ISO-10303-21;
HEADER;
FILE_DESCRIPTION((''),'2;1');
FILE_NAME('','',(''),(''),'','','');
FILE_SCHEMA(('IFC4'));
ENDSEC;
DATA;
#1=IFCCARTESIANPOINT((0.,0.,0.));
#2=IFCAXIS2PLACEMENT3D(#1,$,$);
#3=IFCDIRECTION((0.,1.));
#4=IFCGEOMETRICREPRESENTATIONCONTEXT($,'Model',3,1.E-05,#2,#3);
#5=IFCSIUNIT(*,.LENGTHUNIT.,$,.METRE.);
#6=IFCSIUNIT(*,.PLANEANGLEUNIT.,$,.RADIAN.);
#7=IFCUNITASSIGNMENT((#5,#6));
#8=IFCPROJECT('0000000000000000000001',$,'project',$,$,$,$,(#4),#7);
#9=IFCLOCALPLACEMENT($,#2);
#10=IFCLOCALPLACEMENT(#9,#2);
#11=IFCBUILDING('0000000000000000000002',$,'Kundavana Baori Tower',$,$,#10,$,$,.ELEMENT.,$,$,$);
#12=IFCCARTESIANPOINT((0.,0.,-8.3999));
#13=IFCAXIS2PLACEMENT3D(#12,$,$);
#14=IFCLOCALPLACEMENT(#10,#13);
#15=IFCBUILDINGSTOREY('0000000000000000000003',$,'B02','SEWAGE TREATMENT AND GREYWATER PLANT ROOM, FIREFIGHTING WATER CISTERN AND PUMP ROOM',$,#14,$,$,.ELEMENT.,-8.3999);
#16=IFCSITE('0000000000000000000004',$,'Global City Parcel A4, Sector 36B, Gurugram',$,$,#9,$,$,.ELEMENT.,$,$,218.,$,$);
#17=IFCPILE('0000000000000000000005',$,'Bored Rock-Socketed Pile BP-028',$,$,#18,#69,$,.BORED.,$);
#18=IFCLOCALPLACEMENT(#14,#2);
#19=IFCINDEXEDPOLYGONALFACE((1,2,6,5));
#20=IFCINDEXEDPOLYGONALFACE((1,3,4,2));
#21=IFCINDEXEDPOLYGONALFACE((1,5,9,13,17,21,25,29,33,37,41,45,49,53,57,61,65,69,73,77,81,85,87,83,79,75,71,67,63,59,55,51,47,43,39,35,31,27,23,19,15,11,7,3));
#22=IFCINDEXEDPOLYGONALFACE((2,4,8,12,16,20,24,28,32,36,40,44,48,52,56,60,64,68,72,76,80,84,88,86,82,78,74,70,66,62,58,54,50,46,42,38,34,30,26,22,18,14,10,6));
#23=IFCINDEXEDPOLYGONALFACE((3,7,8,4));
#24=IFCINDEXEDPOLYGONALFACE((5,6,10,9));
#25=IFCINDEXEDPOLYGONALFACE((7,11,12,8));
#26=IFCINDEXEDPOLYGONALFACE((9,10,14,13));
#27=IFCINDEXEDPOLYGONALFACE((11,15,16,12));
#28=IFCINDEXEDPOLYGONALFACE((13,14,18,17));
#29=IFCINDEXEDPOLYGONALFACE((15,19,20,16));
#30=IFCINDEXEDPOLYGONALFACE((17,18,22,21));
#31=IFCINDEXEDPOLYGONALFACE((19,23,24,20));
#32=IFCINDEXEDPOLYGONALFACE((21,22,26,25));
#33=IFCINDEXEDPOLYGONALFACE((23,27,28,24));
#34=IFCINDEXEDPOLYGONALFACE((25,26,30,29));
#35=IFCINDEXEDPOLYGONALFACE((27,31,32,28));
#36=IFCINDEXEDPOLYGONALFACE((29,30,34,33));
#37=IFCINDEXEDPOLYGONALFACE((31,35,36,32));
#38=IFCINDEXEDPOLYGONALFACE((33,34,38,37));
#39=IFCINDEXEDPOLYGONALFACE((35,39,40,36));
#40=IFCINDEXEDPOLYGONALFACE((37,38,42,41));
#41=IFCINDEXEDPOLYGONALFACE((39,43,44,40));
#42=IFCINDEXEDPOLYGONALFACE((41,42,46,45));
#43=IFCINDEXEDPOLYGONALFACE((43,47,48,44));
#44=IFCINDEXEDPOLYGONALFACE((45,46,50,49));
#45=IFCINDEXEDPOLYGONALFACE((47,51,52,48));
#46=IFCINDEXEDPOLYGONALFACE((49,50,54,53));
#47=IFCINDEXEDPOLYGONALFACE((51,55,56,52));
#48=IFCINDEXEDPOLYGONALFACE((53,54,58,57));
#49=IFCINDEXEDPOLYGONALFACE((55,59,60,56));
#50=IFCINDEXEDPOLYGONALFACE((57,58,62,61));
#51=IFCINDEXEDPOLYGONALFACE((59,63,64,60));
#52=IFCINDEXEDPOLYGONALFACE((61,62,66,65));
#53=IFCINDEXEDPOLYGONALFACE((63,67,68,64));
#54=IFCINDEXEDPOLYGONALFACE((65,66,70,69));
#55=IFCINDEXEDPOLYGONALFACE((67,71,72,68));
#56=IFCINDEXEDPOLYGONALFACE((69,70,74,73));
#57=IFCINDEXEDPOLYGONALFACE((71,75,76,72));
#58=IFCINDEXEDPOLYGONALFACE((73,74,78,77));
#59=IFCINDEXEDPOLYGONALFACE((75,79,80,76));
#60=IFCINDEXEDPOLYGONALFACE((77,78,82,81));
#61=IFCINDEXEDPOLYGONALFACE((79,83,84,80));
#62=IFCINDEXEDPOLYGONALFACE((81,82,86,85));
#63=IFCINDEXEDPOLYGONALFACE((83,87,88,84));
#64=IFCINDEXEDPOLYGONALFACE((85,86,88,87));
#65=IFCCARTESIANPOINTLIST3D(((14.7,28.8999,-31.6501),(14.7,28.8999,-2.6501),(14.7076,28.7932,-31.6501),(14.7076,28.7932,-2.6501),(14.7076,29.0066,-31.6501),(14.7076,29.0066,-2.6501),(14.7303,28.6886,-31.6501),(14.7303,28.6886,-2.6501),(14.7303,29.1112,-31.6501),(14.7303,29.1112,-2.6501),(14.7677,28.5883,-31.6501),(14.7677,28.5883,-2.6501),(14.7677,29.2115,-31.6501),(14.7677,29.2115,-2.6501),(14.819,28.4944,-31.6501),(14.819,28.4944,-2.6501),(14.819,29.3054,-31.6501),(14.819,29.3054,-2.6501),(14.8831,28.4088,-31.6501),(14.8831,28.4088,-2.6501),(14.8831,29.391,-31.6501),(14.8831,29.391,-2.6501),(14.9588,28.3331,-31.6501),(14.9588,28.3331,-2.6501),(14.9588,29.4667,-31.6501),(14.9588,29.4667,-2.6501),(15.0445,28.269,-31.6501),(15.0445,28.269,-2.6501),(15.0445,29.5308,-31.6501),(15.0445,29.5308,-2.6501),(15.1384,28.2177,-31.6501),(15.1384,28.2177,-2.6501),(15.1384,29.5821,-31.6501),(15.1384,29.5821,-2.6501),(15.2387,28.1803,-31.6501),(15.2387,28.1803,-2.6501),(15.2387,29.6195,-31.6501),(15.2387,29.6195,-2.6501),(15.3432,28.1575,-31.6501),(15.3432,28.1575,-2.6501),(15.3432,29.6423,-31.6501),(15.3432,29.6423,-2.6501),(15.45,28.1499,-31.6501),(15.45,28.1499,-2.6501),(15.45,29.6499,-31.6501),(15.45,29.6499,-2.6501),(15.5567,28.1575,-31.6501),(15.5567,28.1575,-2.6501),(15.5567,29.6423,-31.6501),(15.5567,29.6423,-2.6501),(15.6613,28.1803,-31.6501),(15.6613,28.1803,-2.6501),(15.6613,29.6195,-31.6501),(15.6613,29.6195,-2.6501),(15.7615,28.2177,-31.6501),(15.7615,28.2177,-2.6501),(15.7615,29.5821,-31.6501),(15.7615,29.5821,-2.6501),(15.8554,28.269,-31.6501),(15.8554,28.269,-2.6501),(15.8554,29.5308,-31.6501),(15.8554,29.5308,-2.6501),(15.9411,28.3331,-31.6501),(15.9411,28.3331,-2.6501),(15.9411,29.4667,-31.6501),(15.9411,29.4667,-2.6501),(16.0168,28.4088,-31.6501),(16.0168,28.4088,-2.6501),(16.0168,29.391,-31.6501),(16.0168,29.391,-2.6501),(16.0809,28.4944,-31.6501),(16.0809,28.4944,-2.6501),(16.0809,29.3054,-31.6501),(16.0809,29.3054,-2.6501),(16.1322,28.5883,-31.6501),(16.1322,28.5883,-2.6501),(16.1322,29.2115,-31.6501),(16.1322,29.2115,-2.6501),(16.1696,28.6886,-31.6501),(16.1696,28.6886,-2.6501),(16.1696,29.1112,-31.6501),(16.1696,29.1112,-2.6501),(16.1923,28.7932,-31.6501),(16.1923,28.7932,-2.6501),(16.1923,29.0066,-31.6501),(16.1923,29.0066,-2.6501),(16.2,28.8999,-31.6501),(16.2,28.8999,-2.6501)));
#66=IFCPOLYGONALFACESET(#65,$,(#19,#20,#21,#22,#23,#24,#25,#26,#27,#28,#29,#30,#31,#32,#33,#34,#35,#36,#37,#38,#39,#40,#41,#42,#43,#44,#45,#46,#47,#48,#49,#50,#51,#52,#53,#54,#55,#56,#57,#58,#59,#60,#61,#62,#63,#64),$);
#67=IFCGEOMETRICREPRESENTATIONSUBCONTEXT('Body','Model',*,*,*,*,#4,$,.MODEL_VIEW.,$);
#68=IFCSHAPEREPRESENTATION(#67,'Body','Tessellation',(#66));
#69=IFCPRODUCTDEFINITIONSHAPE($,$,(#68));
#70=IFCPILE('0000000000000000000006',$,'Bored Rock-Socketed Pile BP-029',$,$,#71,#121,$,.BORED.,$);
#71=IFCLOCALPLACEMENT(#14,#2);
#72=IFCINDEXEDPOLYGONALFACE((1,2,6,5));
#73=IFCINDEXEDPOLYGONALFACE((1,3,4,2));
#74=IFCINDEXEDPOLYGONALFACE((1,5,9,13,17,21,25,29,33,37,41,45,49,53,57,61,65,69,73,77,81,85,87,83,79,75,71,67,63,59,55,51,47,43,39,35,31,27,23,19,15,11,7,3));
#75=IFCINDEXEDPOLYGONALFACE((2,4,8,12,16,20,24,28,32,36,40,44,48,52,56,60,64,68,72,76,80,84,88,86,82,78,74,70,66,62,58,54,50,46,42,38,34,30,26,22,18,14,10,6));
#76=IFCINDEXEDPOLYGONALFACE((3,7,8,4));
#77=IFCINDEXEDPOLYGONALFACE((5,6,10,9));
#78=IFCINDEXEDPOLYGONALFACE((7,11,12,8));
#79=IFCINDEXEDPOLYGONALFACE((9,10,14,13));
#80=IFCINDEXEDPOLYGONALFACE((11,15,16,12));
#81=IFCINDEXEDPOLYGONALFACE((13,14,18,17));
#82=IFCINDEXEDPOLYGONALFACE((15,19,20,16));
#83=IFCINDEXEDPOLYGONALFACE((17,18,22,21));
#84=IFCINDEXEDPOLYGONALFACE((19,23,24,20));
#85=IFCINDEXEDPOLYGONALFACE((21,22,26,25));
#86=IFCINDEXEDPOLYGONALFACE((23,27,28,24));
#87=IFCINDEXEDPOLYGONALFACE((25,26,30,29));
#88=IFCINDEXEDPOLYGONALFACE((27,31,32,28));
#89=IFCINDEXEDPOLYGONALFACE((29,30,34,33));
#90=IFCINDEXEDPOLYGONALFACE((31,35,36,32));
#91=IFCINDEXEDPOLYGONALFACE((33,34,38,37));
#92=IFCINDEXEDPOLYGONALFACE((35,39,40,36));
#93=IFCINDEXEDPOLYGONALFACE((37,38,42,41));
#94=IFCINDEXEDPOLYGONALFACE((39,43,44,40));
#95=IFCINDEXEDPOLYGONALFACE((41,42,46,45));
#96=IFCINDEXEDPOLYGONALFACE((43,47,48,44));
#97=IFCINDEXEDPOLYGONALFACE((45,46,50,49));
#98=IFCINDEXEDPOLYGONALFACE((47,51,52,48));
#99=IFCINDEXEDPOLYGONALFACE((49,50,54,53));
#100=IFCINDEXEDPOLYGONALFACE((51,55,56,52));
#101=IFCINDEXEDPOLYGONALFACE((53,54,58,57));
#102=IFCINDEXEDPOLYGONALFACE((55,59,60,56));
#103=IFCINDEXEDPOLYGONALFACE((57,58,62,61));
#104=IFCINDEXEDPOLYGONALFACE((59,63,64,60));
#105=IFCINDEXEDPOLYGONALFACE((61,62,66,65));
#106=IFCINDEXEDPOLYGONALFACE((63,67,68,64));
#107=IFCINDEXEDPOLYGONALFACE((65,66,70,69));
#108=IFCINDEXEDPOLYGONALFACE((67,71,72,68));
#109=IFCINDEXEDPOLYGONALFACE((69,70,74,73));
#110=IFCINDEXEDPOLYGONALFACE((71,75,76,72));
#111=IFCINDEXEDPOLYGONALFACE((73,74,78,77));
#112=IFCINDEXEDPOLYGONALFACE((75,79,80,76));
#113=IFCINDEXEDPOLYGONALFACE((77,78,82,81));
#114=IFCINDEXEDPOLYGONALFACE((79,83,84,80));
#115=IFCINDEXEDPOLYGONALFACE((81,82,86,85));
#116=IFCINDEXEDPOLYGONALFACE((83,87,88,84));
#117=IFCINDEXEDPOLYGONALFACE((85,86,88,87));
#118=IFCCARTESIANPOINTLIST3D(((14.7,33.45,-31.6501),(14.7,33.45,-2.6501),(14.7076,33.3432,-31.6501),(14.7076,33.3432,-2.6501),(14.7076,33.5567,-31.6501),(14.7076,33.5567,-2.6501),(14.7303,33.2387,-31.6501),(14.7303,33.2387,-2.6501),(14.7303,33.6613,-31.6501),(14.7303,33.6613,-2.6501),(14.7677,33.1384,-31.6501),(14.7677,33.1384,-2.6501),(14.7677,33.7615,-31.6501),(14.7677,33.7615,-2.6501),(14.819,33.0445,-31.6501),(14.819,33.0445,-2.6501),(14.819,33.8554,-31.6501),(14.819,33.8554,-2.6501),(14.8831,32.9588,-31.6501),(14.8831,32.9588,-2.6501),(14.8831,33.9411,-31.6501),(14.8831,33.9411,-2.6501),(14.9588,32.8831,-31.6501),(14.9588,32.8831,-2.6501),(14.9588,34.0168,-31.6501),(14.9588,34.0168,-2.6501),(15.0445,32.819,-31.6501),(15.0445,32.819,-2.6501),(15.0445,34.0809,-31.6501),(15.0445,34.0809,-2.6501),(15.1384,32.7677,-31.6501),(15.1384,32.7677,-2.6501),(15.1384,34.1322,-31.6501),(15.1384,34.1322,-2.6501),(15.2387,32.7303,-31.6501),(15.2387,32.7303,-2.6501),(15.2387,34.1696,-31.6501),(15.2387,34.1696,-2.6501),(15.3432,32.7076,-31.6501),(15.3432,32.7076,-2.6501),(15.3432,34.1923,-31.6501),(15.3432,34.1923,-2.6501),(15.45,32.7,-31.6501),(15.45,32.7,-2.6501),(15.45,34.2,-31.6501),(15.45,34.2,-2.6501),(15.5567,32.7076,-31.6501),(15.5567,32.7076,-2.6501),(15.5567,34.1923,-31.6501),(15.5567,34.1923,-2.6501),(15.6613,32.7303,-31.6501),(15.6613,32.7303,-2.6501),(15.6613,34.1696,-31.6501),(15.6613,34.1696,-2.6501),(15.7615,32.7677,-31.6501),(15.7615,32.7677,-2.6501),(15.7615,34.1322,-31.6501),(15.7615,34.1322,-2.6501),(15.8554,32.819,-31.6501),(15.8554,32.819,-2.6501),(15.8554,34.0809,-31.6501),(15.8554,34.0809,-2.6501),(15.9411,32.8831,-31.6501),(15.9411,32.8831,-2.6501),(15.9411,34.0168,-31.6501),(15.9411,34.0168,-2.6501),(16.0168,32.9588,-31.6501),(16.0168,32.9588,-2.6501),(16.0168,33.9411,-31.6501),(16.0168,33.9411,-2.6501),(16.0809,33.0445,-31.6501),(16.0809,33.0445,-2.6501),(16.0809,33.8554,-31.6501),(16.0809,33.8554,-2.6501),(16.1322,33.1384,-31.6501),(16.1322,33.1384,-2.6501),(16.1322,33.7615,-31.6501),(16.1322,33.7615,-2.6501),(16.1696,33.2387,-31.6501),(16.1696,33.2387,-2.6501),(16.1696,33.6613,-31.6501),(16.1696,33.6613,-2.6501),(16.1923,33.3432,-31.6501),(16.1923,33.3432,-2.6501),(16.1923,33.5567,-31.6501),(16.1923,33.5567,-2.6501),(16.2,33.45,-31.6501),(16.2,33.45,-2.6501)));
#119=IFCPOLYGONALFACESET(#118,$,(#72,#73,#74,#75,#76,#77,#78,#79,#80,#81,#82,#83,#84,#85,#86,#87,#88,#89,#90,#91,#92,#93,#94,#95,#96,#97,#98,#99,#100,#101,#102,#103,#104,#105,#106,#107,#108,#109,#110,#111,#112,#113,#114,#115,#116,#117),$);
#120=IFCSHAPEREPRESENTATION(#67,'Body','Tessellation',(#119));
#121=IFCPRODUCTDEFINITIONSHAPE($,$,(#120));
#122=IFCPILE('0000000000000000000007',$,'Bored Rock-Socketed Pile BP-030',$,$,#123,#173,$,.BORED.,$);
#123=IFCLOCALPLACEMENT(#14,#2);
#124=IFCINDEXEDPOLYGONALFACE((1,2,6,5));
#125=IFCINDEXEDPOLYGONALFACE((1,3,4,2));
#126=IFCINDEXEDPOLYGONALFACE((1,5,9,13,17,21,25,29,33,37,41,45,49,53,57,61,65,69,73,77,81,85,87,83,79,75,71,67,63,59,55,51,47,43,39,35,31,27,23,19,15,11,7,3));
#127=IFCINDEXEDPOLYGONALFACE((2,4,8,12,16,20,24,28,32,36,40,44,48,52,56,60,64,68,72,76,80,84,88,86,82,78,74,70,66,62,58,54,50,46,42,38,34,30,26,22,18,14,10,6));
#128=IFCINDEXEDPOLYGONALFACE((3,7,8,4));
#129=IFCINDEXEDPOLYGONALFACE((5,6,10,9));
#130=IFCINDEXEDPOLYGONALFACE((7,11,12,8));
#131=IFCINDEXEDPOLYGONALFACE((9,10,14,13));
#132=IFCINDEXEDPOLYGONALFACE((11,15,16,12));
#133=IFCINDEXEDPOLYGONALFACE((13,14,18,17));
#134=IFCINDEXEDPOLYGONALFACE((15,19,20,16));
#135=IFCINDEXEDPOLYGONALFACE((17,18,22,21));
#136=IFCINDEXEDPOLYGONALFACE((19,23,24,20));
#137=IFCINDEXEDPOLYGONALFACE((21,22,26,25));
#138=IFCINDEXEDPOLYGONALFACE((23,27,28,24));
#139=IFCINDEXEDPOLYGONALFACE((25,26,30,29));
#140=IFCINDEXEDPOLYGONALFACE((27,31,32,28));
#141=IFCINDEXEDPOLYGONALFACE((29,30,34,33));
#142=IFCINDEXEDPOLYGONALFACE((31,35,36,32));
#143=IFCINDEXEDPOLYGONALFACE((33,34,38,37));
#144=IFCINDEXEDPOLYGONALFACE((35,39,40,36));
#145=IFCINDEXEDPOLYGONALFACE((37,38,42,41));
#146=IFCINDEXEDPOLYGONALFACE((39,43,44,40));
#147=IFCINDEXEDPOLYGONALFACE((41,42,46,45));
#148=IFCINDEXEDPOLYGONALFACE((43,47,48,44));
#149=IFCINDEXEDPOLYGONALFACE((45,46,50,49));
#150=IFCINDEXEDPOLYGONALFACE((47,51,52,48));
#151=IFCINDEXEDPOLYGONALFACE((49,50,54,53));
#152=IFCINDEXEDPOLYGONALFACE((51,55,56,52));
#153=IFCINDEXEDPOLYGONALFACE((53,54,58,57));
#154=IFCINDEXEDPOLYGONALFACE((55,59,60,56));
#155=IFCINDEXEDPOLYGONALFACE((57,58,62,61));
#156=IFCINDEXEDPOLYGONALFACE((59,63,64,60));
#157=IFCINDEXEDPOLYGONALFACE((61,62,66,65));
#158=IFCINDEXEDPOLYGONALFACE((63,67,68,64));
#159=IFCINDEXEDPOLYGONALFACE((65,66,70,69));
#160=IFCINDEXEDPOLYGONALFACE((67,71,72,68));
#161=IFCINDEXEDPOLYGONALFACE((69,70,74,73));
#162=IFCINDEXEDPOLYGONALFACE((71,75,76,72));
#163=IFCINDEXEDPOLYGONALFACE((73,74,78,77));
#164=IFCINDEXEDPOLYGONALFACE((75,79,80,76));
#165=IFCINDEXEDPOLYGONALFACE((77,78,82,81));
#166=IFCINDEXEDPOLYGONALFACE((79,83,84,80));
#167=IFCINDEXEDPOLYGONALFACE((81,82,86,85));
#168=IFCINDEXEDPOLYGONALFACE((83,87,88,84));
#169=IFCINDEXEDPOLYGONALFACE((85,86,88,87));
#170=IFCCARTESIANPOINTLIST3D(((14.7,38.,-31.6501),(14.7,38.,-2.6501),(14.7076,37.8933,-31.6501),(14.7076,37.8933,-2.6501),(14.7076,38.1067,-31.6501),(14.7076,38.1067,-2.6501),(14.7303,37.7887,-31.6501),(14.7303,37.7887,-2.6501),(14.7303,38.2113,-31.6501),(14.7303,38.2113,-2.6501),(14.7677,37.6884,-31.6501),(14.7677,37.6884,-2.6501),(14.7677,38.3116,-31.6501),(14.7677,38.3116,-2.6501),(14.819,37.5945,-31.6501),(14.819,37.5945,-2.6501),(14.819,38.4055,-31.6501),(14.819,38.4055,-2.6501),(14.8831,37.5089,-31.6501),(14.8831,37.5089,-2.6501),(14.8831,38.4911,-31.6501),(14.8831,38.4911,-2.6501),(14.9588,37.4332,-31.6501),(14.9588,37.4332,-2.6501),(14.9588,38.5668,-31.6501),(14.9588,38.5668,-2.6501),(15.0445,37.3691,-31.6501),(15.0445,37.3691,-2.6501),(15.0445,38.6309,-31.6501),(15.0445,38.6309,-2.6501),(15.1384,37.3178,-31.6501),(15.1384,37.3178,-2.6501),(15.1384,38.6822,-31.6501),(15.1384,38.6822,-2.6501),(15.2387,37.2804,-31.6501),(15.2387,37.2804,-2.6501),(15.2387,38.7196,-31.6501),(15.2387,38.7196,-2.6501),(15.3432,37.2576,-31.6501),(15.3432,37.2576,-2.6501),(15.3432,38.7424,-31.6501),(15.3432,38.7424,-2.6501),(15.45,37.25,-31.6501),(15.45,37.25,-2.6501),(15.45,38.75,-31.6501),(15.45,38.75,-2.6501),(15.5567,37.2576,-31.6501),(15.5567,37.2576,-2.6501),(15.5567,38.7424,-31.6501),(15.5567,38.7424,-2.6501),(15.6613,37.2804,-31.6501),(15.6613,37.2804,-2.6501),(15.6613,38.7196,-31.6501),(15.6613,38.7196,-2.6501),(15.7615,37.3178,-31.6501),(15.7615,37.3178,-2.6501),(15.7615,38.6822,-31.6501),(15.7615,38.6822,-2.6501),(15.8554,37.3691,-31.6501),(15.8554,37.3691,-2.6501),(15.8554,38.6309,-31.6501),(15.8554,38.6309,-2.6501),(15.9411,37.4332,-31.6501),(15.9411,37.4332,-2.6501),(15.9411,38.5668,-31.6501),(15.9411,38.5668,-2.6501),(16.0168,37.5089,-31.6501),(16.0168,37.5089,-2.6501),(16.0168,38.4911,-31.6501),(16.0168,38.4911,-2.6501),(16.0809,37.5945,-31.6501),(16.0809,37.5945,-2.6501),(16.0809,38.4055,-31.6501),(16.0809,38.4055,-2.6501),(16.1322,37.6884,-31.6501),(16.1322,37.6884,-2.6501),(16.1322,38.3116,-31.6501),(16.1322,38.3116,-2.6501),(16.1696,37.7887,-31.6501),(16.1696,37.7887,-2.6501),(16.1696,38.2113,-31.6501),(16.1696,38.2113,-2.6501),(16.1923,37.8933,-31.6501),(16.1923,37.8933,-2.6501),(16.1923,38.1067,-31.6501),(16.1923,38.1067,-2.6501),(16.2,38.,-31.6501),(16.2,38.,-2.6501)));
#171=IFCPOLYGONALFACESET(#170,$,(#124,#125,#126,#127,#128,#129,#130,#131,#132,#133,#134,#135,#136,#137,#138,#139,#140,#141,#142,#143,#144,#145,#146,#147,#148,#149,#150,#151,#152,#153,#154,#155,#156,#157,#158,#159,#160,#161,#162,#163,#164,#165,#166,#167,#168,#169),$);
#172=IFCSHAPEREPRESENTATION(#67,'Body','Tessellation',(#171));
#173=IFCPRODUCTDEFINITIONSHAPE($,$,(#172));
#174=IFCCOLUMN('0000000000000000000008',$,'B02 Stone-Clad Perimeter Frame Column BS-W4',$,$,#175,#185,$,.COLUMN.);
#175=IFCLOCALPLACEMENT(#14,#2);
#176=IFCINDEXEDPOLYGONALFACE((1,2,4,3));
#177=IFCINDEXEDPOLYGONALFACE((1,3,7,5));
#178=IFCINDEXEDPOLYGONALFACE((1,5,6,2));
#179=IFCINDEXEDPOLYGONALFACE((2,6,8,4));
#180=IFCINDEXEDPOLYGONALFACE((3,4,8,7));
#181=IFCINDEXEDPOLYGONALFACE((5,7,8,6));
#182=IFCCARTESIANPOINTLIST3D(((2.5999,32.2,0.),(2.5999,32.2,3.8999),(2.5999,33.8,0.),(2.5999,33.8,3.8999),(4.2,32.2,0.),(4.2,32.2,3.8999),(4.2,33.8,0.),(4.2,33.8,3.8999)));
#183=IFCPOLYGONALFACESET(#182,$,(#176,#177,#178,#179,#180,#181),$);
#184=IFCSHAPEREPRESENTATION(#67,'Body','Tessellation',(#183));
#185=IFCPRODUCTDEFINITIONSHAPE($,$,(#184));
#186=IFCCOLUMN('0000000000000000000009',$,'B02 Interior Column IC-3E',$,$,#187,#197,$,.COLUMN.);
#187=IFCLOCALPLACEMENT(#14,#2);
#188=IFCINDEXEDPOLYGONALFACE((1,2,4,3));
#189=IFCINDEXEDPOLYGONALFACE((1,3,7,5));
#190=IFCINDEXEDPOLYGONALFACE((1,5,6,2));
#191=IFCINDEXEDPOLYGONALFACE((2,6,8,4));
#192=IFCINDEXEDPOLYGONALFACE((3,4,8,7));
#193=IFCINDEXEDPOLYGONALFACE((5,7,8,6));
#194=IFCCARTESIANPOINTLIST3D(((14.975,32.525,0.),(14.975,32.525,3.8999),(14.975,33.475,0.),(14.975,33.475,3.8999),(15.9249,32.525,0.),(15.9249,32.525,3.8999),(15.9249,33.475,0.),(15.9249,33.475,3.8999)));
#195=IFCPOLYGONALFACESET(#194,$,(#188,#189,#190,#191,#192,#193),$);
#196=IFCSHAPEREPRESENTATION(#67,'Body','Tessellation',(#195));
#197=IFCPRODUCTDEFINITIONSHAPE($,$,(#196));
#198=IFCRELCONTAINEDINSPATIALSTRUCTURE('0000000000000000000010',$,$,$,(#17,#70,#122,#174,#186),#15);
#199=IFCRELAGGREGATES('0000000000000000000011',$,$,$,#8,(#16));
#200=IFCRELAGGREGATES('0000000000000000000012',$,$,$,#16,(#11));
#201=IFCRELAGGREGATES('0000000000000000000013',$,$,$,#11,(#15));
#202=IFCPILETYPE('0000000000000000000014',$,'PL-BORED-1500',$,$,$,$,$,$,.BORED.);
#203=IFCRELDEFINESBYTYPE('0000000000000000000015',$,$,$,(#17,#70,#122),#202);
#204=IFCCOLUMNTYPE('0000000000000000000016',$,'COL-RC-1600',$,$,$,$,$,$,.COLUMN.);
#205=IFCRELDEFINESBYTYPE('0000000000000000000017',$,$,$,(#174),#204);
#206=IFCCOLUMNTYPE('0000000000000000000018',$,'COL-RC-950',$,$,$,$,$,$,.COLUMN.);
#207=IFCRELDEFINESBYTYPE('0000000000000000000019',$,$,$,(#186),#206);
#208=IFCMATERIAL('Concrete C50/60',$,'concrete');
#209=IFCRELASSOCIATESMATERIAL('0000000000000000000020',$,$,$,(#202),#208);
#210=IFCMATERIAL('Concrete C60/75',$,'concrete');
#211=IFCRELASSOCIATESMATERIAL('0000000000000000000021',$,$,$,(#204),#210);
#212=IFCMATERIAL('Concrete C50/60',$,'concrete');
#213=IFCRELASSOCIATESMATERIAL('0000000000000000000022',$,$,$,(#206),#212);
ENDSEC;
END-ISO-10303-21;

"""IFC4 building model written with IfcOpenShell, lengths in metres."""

from ifc_helpers import new_model, si_unit, direction, frame, origin, origin_2d, place, context, subcontext, project, spatial, rectangle, circle, extrude, material, material_profile, profile_set, type_object, element, save


model = new_model("IFC4")

# Units and contexts
model_context = context("Model", 3, precision=1e-05, world=origin(), true_north=direction((0.0, 1.0)))
body_context = subcontext(model_context, "Body", "Model", "MODEL_VIEW")
ifc_project = project(units=[si_unit("LENGTHUNIT", "METRE"), si_unit("PLANEANGLEUNIT", "RADIAN")], contexts=[model_context])

# Site, building, storey
site_placement = place(None, origin())
site = spatial("IfcSite", under=ifc_project, at=site_placement, Name="Global City Parcel A4, Sector 36B, Gurugram", CompositionType="ELEMENT", RefElevation=218.0)
building_placement = place(site_placement, origin())
building = spatial("IfcBuilding", under=site, at=building_placement, Name="Kundavana Baori Tower", CompositionType="ELEMENT")
storey_placement = place(building_placement, frame((0.0, 0.0, -8.3999)))
storey = spatial("IfcBuildingStorey", under=building, at=storey_placement, Name="B02", Description="SEWAGE TREATMENT AND GREYWATER PLANT ROOM, FIREFIGHTING WATER CISTERN AND PUMP ROOM", CompositionType="ELEMENT", Elevation=-8.3999)

# Piles
ifc_material_1 = material(Name="Concrete C50/60", Category="concrete")
ifc_material_profile_1 = material_profile(ifc_material_1, circle(Radius=0.75, at=origin_2d()), Name="BORED PILE D1500")
ifc_profile_set_1 = profile_set([ifc_material_profile_1], Name="Concrete C50/60")
pile_type_1 = type_object("IfcPileType", Name="PL-BORED-1500", PredefinedType="BORED", material=ifc_profile_set_1)
for number, where, z_axis, x_axis, name in (
    (1, (15.45, 28.8999, -2.6501), (0.0, 0.0, -1.0), (1.0, 0.0, 0.0), "Bored Rock-Socketed Pile BP-028"),
    (2, (15.45, 33.45, -2.6501), (0.0, 0.0, -1.0), (1.0, 0.0, 0.0), "Bored Rock-Socketed Pile BP-029"),
    (3, (15.45, 38.0, -2.6501), (0.0, 0.0, -1.0), (1.0, 0.0, 0.0), "Bored Rock-Socketed Pile BP-030"),
):
    element("IfcPile", number, at=place(storey_placement, frame(where, z_axis=z_axis, x_axis=x_axis)), inside=storey, type_object=pile_type_1, Name=name, PredefinedType="BORED", context=body_context, shape_type="SweptSolid", body=[
        extrude(circle(Radius=0.75, at=origin_2d()), origin(), (0.0, 0.0, 1.0), 29.0),
    ])

# Columns
ifc_material_2 = material(Name="Concrete C60/75", Category="concrete")
ifc_material_profile_2 = material_profile(ifc_material_2, rectangle(XDim=1.6001, YDim=1.6001, at=origin_2d()), Name="RC 1600x1600")
ifc_profile_set_2 = profile_set([ifc_material_profile_2], Name="Concrete C60/75")
column_type_1 = type_object("IfcColumnType", Name="COL-RC-1600", PredefinedType="COLUMN", material=ifc_profile_set_2)
column_1_placement = place(storey_placement, frame((3.3999, 33.0, 0.0), z_axis=(0.0, 0.0, 1.0), x_axis=(1.0, 0.0, 0.0)))
element("IfcColumn", 4, at=column_1_placement, inside=storey, type_object=column_type_1, Name="B02 Stone-Clad Perimeter Frame Column BS-W4", PredefinedType="COLUMN", context=body_context, shape_type="SweptSolid", body=[
    extrude(rectangle(XDim=1.6001, YDim=1.6001, at=origin_2d()), origin(), (0.0, 0.0, 1.0), 3.8999),
])
ifc_material_3 = material(Name="Concrete C50/60", Category="concrete")
ifc_material_profile_3 = material_profile(ifc_material_3, rectangle(XDim=0.95, YDim=0.95, at=origin_2d()), Name="RC 950x950")
ifc_profile_set_3 = profile_set([ifc_material_profile_3], Name="Concrete C50/60")
column_type_2 = type_object("IfcColumnType", Name="COL-RC-950", PredefinedType="COLUMN", material=ifc_profile_set_3)
column_2_placement = place(storey_placement, frame((15.45, 33.0, 0.0), z_axis=(0.0, 0.0, 1.0), x_axis=(1.0, 0.0, 0.0)))
element("IfcColumn", 5, at=column_2_placement, inside=storey, type_object=column_type_2, Name="B02 Interior Column IC-3E", PredefinedType="COLUMN", context=body_context, shape_type="SweptSolid", body=[
    extrude(rectangle(XDim=0.95, YDim=0.95, at=origin_2d()), origin(), (0.0, 0.0, 1.0), 3.8999),
])

save(model, "model.ifc")
